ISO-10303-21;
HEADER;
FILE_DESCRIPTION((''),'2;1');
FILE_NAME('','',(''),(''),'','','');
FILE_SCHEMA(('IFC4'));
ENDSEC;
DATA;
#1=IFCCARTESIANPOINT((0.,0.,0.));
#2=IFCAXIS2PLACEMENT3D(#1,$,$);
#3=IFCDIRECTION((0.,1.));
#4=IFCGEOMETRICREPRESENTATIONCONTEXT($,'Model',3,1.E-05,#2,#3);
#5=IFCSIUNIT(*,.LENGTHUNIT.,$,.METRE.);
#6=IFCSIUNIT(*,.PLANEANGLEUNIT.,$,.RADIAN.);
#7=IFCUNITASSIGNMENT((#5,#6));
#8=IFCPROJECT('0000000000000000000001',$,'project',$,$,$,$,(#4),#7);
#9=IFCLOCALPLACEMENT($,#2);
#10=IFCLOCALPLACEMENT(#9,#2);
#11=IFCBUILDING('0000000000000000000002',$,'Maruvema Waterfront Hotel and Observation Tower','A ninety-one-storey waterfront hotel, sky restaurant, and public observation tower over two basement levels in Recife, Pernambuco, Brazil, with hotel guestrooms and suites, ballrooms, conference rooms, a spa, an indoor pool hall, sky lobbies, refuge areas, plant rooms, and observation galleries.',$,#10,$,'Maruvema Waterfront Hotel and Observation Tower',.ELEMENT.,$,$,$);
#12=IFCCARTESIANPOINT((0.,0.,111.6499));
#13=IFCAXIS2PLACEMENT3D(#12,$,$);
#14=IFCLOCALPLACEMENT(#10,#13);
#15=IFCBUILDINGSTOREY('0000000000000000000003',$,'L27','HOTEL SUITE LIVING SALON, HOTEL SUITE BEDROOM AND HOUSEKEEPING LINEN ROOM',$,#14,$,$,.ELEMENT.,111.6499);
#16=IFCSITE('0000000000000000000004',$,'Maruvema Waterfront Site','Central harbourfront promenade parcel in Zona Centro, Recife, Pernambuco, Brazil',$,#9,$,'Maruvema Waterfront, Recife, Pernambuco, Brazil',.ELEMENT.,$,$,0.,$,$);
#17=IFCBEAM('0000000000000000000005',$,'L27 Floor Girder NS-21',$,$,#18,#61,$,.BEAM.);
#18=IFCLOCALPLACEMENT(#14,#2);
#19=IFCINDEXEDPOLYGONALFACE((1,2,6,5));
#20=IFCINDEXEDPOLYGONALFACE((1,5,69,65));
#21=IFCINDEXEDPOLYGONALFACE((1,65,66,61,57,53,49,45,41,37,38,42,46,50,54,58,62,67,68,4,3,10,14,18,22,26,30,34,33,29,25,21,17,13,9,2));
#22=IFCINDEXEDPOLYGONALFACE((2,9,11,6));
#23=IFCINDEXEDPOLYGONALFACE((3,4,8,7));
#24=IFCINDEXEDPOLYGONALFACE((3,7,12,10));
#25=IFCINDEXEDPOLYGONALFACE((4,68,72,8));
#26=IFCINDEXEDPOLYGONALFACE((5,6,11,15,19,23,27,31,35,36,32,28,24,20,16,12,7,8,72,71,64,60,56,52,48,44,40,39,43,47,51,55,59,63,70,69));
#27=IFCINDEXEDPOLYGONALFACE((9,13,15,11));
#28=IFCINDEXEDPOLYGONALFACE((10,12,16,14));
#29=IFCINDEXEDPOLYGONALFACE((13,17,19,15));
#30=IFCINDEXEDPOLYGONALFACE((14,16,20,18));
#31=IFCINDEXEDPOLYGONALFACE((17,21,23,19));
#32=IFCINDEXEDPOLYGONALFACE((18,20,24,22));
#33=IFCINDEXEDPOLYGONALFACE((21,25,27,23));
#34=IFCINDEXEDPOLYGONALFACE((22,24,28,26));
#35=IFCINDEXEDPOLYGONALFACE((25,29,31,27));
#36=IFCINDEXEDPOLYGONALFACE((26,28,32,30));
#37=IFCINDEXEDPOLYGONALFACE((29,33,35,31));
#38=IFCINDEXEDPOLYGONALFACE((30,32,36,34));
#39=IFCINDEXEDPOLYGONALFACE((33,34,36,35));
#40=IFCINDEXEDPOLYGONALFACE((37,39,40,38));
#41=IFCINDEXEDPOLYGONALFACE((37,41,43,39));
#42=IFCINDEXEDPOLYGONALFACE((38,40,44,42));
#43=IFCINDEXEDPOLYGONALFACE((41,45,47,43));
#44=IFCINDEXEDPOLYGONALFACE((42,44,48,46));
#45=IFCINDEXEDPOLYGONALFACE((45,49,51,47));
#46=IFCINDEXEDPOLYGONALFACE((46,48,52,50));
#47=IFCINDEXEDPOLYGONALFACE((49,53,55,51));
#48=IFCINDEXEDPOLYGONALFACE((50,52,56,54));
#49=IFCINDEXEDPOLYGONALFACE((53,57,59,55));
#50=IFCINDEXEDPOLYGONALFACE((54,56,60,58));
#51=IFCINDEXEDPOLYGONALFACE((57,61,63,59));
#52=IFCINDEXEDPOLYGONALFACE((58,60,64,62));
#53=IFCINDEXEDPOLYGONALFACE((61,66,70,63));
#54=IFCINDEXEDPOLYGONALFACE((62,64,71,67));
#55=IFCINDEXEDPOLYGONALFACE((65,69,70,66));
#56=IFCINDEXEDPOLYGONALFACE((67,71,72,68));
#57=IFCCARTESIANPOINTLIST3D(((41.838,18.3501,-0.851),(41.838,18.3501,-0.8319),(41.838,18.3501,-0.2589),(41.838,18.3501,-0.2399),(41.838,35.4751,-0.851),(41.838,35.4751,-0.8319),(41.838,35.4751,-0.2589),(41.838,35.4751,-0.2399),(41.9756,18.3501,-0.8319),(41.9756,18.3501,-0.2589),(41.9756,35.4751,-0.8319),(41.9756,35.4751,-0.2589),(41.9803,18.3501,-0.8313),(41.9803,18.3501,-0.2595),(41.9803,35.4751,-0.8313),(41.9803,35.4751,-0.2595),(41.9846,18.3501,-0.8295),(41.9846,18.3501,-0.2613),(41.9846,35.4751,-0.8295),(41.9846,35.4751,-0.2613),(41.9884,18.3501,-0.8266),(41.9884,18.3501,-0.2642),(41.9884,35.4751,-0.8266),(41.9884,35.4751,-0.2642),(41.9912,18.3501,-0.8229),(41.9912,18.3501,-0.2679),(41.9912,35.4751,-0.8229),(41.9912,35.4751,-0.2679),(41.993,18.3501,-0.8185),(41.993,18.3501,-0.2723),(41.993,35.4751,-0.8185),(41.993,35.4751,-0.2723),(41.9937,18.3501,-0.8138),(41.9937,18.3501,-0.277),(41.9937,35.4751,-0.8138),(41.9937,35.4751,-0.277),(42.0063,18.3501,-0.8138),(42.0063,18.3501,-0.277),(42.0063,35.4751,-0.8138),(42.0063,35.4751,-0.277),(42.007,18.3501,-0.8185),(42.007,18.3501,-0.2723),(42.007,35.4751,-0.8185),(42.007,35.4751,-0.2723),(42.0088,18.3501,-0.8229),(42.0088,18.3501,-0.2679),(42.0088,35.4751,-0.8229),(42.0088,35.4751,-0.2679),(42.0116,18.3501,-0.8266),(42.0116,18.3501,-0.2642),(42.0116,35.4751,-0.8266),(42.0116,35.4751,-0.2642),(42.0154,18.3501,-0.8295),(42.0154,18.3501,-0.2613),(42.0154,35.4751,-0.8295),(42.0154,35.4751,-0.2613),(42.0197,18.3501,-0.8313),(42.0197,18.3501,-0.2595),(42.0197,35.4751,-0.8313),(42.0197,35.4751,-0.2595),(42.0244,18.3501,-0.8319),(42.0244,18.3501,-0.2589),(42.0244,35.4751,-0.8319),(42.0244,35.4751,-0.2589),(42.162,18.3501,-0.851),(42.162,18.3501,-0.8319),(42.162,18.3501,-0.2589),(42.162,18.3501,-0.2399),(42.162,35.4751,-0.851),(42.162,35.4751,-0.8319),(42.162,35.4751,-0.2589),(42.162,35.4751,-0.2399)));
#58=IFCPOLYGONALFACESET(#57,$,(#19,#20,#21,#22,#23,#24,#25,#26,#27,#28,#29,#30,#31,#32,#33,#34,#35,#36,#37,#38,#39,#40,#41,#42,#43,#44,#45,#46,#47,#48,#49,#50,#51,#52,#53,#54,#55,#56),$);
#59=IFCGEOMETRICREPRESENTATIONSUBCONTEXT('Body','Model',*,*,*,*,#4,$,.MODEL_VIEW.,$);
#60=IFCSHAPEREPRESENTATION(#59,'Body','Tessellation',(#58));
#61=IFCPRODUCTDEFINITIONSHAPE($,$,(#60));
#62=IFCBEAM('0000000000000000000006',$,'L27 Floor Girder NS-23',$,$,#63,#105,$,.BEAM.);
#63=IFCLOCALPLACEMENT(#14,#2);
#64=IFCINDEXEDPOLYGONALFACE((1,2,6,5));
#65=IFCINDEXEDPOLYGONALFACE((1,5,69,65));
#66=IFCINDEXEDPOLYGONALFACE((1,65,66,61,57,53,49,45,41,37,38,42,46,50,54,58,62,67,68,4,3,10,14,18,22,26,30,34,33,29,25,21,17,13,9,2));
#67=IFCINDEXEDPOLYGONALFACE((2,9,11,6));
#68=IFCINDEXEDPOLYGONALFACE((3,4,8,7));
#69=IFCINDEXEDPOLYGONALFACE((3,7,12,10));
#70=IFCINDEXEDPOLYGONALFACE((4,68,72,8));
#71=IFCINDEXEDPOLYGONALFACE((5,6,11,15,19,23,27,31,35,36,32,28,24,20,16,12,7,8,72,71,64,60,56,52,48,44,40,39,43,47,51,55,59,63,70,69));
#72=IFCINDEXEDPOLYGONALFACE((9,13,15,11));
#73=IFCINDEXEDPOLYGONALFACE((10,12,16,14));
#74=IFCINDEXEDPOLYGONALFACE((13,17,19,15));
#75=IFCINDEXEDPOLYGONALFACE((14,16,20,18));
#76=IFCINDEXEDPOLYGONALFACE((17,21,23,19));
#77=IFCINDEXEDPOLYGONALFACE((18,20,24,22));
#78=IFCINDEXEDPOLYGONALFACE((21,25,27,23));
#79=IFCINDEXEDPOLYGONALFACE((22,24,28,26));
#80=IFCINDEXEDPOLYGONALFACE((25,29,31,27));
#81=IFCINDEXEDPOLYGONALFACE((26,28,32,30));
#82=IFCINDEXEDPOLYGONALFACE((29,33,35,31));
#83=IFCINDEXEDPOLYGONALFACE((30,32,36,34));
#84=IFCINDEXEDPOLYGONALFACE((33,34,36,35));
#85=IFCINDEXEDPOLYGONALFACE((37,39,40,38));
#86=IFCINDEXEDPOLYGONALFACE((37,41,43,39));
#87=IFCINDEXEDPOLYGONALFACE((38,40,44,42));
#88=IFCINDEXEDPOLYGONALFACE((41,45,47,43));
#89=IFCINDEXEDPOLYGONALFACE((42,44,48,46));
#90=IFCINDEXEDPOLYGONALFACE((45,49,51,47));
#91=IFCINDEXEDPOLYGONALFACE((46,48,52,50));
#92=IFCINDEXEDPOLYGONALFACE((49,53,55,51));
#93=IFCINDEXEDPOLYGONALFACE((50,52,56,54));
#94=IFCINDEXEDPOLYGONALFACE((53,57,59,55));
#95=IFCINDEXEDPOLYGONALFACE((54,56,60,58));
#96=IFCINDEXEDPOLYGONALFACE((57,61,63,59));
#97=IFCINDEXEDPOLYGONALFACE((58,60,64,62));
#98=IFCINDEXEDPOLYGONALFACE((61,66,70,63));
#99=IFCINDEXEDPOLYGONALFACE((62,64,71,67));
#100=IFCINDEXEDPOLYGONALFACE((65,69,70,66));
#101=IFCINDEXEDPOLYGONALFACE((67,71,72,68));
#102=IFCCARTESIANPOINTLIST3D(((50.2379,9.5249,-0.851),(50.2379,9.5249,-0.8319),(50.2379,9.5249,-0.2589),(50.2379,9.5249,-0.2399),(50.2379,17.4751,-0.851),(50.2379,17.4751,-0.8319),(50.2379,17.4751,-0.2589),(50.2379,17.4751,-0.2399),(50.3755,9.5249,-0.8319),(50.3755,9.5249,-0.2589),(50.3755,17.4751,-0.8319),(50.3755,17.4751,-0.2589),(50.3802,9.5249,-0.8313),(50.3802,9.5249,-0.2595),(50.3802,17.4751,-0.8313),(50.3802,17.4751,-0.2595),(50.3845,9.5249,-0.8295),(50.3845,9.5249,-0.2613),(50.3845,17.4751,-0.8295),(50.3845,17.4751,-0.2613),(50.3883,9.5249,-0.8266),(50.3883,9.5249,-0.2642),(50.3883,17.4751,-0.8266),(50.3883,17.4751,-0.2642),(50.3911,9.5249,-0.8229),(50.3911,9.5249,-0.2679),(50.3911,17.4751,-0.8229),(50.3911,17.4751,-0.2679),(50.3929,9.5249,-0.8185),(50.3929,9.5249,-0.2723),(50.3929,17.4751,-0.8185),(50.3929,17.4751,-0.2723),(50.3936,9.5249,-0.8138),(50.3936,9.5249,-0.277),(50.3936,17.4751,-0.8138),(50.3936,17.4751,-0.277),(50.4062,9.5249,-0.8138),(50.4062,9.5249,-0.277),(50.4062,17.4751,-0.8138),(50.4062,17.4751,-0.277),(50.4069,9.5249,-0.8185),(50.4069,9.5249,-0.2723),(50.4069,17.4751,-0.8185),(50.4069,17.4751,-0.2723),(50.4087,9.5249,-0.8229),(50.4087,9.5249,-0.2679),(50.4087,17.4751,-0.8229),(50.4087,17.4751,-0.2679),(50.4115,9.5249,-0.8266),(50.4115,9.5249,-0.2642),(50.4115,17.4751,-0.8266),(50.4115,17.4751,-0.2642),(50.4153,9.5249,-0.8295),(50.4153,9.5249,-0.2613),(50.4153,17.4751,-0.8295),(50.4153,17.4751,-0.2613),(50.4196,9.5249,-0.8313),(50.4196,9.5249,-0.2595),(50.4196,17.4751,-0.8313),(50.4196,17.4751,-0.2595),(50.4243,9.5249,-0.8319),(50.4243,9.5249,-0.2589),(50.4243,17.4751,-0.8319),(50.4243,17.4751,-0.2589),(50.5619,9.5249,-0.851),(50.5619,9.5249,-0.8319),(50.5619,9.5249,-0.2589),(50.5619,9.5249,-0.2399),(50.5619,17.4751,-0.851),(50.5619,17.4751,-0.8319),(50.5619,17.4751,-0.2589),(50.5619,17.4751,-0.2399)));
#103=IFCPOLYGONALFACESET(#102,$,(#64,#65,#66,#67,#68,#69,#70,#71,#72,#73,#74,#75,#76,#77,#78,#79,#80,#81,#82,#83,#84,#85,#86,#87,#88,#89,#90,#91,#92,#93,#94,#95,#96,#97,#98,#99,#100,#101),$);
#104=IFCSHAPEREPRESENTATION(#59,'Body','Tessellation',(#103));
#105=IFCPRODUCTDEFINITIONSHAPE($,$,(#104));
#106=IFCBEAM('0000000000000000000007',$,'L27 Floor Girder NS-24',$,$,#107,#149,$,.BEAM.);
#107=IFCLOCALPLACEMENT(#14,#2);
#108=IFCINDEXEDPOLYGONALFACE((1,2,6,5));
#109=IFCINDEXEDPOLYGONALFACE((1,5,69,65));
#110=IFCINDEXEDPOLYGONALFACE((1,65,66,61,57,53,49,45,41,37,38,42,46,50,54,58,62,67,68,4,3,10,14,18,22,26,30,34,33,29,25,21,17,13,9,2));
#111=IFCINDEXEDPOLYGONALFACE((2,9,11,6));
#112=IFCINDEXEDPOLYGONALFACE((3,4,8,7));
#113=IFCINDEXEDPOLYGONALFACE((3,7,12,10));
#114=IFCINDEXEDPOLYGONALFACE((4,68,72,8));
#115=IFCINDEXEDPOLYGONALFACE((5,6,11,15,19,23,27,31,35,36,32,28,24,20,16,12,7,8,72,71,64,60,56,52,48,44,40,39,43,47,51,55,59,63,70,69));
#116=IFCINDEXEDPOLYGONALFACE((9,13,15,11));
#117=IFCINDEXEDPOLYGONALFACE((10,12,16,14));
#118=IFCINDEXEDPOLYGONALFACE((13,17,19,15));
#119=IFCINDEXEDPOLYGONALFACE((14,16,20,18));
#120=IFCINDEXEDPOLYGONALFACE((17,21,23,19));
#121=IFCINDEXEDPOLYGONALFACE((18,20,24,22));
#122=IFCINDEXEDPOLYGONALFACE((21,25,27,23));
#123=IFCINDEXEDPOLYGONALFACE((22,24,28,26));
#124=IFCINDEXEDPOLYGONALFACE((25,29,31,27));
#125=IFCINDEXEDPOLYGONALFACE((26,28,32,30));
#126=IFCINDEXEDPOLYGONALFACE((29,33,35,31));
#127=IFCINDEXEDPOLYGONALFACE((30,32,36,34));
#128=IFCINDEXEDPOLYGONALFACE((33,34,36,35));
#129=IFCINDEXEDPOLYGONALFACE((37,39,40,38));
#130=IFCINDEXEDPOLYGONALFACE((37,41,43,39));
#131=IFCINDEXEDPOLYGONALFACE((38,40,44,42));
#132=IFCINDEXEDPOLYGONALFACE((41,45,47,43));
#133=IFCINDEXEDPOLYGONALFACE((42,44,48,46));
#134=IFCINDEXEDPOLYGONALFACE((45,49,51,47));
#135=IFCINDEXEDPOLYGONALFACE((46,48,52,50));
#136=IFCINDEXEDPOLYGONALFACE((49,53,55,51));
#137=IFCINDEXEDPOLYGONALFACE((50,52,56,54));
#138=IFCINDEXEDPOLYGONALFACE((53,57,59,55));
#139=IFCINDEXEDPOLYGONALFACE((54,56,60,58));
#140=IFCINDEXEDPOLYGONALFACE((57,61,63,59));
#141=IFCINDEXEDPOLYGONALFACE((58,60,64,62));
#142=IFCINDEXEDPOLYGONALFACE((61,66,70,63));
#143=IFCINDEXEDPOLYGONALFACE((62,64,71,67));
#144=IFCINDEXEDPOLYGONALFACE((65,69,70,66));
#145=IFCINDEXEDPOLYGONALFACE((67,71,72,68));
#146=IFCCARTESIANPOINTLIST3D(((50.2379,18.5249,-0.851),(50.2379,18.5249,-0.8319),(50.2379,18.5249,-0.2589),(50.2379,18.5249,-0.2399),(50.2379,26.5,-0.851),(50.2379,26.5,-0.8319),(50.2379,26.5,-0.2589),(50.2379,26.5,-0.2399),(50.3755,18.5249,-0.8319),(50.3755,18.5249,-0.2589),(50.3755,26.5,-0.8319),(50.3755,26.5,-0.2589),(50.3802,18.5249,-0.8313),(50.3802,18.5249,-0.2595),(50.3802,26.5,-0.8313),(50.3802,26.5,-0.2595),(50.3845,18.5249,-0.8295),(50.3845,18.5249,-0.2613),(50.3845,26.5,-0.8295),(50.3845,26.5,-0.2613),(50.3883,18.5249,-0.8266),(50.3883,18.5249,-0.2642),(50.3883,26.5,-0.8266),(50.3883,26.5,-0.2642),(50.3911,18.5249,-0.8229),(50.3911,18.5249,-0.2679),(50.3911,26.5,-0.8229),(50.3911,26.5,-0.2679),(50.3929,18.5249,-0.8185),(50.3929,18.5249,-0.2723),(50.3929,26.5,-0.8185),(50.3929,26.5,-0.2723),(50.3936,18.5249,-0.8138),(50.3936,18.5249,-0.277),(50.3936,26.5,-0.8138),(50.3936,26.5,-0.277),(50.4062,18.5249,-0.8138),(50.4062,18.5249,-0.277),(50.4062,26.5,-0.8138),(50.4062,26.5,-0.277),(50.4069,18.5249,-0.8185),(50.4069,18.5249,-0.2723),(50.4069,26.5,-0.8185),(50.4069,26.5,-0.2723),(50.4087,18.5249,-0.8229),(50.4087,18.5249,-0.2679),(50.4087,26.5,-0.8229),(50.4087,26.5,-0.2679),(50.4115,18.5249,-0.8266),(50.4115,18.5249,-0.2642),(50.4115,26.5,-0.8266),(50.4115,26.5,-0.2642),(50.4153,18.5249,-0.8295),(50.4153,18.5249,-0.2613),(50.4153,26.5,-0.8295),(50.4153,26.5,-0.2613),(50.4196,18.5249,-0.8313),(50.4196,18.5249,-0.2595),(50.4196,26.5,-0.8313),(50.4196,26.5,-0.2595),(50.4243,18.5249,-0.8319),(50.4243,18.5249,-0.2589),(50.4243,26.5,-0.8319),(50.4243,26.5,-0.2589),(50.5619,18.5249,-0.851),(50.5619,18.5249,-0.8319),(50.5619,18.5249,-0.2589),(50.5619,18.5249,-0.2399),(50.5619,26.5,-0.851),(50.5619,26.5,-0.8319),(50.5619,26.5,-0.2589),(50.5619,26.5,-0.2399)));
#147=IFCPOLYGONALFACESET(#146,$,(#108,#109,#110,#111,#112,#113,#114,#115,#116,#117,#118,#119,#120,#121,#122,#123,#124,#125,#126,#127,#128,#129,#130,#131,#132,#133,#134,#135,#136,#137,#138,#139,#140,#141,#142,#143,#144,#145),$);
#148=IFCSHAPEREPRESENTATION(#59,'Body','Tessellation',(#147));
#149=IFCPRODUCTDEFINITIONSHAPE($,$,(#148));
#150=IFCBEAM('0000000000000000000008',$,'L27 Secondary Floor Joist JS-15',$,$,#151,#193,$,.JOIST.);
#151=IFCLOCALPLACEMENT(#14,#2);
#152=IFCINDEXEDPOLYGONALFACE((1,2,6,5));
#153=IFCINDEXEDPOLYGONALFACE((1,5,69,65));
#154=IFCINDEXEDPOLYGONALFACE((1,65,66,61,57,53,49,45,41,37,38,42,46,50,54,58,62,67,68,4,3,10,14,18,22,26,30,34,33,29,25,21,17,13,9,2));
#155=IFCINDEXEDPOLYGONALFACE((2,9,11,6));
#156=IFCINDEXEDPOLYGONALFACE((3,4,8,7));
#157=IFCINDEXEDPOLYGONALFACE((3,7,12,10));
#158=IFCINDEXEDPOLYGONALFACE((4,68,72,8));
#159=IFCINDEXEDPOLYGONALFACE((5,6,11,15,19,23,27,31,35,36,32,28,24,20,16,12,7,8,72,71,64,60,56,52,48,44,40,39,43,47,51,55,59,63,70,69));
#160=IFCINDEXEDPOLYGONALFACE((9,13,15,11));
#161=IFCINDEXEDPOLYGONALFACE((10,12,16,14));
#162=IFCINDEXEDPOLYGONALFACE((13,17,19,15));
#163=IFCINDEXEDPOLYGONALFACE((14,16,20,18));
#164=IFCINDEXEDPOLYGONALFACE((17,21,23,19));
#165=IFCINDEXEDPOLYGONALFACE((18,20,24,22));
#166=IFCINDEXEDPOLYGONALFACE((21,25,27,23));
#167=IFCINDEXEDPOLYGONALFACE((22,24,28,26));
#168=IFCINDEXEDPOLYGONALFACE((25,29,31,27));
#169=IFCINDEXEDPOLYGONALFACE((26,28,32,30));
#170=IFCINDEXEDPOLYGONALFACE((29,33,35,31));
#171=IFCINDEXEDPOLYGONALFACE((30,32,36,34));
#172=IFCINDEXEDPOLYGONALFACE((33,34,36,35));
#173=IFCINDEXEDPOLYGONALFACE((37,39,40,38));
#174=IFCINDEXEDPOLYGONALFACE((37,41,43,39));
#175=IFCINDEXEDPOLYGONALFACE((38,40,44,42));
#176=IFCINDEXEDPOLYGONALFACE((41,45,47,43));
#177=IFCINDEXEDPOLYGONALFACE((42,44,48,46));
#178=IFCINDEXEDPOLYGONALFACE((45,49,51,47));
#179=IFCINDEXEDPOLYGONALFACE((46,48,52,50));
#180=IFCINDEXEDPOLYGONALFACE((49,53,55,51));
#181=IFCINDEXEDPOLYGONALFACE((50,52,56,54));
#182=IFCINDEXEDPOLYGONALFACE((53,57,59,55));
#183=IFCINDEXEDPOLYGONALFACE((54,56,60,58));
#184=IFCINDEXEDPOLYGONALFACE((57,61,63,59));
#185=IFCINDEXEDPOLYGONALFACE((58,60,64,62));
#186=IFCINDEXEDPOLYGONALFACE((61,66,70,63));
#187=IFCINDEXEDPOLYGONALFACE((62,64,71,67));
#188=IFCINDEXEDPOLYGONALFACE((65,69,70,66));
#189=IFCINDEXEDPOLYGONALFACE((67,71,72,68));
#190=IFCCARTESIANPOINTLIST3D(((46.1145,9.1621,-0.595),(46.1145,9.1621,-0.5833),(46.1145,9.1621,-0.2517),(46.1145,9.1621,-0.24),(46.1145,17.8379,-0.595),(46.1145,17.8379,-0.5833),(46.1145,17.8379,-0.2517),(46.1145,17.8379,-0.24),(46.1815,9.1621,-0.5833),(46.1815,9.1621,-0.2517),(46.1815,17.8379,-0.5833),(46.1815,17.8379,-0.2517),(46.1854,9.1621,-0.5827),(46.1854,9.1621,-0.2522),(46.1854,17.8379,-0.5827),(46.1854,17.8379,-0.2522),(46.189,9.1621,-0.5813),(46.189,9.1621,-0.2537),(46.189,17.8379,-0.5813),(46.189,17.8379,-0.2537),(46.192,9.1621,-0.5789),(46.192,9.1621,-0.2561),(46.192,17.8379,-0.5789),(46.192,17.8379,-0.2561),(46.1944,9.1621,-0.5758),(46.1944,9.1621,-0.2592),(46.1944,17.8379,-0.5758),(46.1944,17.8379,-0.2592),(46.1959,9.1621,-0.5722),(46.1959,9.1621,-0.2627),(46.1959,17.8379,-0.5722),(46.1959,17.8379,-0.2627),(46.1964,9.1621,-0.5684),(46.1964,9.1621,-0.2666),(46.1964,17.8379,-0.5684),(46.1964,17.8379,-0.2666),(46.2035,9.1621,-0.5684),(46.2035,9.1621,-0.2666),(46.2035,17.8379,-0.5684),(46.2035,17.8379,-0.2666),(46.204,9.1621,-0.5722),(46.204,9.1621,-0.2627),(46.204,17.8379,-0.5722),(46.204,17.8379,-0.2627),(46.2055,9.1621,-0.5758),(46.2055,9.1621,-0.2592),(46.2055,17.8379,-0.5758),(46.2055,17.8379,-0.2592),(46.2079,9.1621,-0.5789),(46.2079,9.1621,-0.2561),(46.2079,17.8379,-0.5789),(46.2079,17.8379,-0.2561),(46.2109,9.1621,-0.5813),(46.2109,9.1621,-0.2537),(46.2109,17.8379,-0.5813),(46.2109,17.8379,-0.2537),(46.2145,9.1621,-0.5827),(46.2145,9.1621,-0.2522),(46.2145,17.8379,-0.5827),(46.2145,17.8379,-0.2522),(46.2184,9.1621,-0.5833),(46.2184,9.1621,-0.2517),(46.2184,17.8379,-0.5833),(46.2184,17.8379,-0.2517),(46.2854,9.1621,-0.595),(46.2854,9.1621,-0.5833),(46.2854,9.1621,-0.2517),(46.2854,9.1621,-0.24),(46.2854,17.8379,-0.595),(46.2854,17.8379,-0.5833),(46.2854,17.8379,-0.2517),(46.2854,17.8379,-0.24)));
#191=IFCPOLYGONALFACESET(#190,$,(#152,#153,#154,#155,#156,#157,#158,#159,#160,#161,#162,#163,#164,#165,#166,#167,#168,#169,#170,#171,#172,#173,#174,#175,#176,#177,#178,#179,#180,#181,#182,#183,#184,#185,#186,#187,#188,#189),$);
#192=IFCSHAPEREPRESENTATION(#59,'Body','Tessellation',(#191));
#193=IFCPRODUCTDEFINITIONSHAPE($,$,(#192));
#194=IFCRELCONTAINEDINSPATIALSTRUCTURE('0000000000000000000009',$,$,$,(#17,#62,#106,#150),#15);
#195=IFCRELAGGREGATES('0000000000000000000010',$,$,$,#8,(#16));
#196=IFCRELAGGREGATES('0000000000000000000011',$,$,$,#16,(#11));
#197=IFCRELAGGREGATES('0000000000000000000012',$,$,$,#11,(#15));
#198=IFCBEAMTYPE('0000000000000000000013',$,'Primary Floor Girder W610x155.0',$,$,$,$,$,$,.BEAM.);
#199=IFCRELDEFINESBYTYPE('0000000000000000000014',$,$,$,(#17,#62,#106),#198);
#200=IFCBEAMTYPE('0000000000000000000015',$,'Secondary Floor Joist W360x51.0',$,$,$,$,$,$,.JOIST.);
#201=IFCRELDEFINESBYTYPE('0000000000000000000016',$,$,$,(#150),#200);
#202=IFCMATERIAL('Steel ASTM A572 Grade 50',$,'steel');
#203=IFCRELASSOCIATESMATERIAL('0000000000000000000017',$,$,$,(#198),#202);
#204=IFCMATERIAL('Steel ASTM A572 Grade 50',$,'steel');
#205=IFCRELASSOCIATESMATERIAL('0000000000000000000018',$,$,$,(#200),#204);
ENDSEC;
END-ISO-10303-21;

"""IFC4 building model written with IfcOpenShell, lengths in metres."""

from ifc_helpers import new_model, si_unit, direction, frame, origin, origin_2d, place, context, subcontext, project, spatial, i_section, extrude, material, material_profile, profile_set, type_object, element, save


model = new_model("IFC4")

# Units and contexts
model_context = context("Model", 3, precision=1e-05, world=origin(), true_north=direction((0.0, 1.0)))
body_context = subcontext(model_context, "Body", "Model", "MODEL_VIEW")
ifc_project = project(units=[si_unit("LENGTHUNIT", "METRE"), si_unit("PLANEANGLEUNIT", "RADIAN")], contexts=[model_context])

# Site, building, storey
site_placement = place(None, origin())
site = spatial("IfcSite", under=ifc_project, at=site_placement, Name="Maruvema Waterfront Site", Description="Central harbourfront promenade parcel in Zona Centro, Recife, Pernambuco, Brazil", LongName="Maruvema Waterfront, Recife, Pernambuco, Brazil", CompositionType="ELEMENT", RefElevation=0.0)
building_placement = place(site_placement, origin())
building = spatial("IfcBuilding", under=site, at=building_placement, Name="Maruvema Waterfront Hotel and Observation Tower", Description="A ninety-one-storey waterfront hotel, sky restaurant, and public observation tower over two basement levels in Recife, Pernambuco, Brazil, with hotel guestrooms and suites, ballrooms, conference rooms, a spa, an indoor pool hall, sky lobbies, refuge areas, plant rooms, and observation galleries.", LongName="Maruvema Waterfront Hotel and Observation Tower", CompositionType="ELEMENT")
storey_placement = place(building_placement, frame((0.0, 0.0, 111.6499)))
storey = spatial("IfcBuildingStorey", under=building, at=storey_placement, Name="L27", Description="HOTEL SUITE LIVING SALON, HOTEL SUITE BEDROOM AND HOUSEKEEPING LINEN ROOM", CompositionType="ELEMENT", Elevation=111.6499)

# Beams
ifc_material_1 = material(Name="Steel ASTM A572 Grade 50", Category="steel")
ifc_material_profile_1 = material_profile(ifc_material_1, i_section(OverallWidth=0.324, OverallDepth=0.6111, WebThickness=0.0127, FlangeThickness=0.019, FilletRadius=0.0181, at=origin_2d()), Name="W610x155.0")
ifc_profile_set_1 = profile_set([ifc_material_profile_1], Name="Steel ASTM A572 Grade 50")
beam_type_1 = type_object("IfcBeamType", Name="Primary Floor Girder W610x155.0", PredefinedType="BEAM", material=ifc_profile_set_1)
beam_1_placement = place(storey_placement, frame((42.0, 18.3501, -0.5454), z_axis=(0.0, 1.0, 0.0), x_axis=(-1.0, 0.0, 0.0)))
element("IfcBeam", 1, at=beam_1_placement, inside=storey, type_object=beam_type_1, Name="L27 Floor Girder NS-21", PredefinedType="BEAM", context=body_context, shape_type="SweptSolid", body=[
    extrude(i_section(OverallWidth=0.324, OverallDepth=0.6111, WebThickness=0.0127, FlangeThickness=0.019, FilletRadius=0.0181, at=origin_2d()), origin(), (0.0, 0.0, 1.0), 17.125),
])
beam_2_placement = place(storey_placement, frame((50.3999, 9.5249, -0.5454), z_axis=(0.0, 1.0, 0.0), x_axis=(-1.0, 0.0, 0.0)))
element("IfcBeam", 2, at=beam_2_placement, inside=storey, type_object=beam_type_1, Name="L27 Floor Girder NS-23", PredefinedType="BEAM", context=body_context, shape_type="SweptSolid", body=[
    extrude(i_section(OverallWidth=0.324, OverallDepth=0.6111, WebThickness=0.0127, FlangeThickness=0.019, FilletRadius=0.0181, at=origin_2d()), origin(), (0.0, 0.0, 1.0), 7.9502),
])
beam_3_placement = place(storey_placement, frame((50.3999, 18.5249, -0.5454), z_axis=(0.0, 1.0, 0.0), x_axis=(-1.0, 0.0, 0.0)))
element("IfcBeam", 3, at=beam_3_placement, inside=storey, type_object=beam_type_1, Name="L27 Floor Girder NS-24", PredefinedType="BEAM", context=body_context, shape_type="SweptSolid", body=[
    extrude(i_section(OverallWidth=0.324, OverallDepth=0.6111, WebThickness=0.0127, FlangeThickness=0.019, FilletRadius=0.0181, at=origin_2d()), origin(), (0.0, 0.0, 1.0), 7.9751),
])
ifc_material_2 = material(Name="Steel ASTM A572 Grade 50", Category="steel")
ifc_material_profile_2 = material_profile(ifc_material_2, i_section(OverallWidth=0.1709, OverallDepth=0.355, WebThickness=0.0071, FlangeThickness=0.0117, FilletRadius=0.0149, at=origin_2d()), Name="W360x51.0")
ifc_profile_set_2 = profile_set([ifc_material_profile_2], Name="Steel ASTM A572 Grade 50")
beam_type_2 = type_object("IfcBeamType", Name="Secondary Floor Joist W360x51.0", PredefinedType="JOIST", material=ifc_profile_set_2)
beam_4_placement = place(storey_placement, frame((46.2, 9.1621, -0.4175), z_axis=(0.0, 1.0, 0.0), x_axis=(-1.0, 0.0, 0.0)))
element("IfcBeam", 4, at=beam_4_placement, inside=storey, type_object=beam_type_2, Name="L27 Secondary Floor Joist JS-15", PredefinedType="JOIST", context=body_context, shape_type="SweptSolid", body=[
    extrude(i_section(OverallWidth=0.1709, OverallDepth=0.355, WebThickness=0.0071, FlangeThickness=0.0117, FilletRadius=0.0149, at=origin_2d()), origin(), (0.0, 0.0, 1.0), 8.6758),
])

save(model, "model.ifc")
